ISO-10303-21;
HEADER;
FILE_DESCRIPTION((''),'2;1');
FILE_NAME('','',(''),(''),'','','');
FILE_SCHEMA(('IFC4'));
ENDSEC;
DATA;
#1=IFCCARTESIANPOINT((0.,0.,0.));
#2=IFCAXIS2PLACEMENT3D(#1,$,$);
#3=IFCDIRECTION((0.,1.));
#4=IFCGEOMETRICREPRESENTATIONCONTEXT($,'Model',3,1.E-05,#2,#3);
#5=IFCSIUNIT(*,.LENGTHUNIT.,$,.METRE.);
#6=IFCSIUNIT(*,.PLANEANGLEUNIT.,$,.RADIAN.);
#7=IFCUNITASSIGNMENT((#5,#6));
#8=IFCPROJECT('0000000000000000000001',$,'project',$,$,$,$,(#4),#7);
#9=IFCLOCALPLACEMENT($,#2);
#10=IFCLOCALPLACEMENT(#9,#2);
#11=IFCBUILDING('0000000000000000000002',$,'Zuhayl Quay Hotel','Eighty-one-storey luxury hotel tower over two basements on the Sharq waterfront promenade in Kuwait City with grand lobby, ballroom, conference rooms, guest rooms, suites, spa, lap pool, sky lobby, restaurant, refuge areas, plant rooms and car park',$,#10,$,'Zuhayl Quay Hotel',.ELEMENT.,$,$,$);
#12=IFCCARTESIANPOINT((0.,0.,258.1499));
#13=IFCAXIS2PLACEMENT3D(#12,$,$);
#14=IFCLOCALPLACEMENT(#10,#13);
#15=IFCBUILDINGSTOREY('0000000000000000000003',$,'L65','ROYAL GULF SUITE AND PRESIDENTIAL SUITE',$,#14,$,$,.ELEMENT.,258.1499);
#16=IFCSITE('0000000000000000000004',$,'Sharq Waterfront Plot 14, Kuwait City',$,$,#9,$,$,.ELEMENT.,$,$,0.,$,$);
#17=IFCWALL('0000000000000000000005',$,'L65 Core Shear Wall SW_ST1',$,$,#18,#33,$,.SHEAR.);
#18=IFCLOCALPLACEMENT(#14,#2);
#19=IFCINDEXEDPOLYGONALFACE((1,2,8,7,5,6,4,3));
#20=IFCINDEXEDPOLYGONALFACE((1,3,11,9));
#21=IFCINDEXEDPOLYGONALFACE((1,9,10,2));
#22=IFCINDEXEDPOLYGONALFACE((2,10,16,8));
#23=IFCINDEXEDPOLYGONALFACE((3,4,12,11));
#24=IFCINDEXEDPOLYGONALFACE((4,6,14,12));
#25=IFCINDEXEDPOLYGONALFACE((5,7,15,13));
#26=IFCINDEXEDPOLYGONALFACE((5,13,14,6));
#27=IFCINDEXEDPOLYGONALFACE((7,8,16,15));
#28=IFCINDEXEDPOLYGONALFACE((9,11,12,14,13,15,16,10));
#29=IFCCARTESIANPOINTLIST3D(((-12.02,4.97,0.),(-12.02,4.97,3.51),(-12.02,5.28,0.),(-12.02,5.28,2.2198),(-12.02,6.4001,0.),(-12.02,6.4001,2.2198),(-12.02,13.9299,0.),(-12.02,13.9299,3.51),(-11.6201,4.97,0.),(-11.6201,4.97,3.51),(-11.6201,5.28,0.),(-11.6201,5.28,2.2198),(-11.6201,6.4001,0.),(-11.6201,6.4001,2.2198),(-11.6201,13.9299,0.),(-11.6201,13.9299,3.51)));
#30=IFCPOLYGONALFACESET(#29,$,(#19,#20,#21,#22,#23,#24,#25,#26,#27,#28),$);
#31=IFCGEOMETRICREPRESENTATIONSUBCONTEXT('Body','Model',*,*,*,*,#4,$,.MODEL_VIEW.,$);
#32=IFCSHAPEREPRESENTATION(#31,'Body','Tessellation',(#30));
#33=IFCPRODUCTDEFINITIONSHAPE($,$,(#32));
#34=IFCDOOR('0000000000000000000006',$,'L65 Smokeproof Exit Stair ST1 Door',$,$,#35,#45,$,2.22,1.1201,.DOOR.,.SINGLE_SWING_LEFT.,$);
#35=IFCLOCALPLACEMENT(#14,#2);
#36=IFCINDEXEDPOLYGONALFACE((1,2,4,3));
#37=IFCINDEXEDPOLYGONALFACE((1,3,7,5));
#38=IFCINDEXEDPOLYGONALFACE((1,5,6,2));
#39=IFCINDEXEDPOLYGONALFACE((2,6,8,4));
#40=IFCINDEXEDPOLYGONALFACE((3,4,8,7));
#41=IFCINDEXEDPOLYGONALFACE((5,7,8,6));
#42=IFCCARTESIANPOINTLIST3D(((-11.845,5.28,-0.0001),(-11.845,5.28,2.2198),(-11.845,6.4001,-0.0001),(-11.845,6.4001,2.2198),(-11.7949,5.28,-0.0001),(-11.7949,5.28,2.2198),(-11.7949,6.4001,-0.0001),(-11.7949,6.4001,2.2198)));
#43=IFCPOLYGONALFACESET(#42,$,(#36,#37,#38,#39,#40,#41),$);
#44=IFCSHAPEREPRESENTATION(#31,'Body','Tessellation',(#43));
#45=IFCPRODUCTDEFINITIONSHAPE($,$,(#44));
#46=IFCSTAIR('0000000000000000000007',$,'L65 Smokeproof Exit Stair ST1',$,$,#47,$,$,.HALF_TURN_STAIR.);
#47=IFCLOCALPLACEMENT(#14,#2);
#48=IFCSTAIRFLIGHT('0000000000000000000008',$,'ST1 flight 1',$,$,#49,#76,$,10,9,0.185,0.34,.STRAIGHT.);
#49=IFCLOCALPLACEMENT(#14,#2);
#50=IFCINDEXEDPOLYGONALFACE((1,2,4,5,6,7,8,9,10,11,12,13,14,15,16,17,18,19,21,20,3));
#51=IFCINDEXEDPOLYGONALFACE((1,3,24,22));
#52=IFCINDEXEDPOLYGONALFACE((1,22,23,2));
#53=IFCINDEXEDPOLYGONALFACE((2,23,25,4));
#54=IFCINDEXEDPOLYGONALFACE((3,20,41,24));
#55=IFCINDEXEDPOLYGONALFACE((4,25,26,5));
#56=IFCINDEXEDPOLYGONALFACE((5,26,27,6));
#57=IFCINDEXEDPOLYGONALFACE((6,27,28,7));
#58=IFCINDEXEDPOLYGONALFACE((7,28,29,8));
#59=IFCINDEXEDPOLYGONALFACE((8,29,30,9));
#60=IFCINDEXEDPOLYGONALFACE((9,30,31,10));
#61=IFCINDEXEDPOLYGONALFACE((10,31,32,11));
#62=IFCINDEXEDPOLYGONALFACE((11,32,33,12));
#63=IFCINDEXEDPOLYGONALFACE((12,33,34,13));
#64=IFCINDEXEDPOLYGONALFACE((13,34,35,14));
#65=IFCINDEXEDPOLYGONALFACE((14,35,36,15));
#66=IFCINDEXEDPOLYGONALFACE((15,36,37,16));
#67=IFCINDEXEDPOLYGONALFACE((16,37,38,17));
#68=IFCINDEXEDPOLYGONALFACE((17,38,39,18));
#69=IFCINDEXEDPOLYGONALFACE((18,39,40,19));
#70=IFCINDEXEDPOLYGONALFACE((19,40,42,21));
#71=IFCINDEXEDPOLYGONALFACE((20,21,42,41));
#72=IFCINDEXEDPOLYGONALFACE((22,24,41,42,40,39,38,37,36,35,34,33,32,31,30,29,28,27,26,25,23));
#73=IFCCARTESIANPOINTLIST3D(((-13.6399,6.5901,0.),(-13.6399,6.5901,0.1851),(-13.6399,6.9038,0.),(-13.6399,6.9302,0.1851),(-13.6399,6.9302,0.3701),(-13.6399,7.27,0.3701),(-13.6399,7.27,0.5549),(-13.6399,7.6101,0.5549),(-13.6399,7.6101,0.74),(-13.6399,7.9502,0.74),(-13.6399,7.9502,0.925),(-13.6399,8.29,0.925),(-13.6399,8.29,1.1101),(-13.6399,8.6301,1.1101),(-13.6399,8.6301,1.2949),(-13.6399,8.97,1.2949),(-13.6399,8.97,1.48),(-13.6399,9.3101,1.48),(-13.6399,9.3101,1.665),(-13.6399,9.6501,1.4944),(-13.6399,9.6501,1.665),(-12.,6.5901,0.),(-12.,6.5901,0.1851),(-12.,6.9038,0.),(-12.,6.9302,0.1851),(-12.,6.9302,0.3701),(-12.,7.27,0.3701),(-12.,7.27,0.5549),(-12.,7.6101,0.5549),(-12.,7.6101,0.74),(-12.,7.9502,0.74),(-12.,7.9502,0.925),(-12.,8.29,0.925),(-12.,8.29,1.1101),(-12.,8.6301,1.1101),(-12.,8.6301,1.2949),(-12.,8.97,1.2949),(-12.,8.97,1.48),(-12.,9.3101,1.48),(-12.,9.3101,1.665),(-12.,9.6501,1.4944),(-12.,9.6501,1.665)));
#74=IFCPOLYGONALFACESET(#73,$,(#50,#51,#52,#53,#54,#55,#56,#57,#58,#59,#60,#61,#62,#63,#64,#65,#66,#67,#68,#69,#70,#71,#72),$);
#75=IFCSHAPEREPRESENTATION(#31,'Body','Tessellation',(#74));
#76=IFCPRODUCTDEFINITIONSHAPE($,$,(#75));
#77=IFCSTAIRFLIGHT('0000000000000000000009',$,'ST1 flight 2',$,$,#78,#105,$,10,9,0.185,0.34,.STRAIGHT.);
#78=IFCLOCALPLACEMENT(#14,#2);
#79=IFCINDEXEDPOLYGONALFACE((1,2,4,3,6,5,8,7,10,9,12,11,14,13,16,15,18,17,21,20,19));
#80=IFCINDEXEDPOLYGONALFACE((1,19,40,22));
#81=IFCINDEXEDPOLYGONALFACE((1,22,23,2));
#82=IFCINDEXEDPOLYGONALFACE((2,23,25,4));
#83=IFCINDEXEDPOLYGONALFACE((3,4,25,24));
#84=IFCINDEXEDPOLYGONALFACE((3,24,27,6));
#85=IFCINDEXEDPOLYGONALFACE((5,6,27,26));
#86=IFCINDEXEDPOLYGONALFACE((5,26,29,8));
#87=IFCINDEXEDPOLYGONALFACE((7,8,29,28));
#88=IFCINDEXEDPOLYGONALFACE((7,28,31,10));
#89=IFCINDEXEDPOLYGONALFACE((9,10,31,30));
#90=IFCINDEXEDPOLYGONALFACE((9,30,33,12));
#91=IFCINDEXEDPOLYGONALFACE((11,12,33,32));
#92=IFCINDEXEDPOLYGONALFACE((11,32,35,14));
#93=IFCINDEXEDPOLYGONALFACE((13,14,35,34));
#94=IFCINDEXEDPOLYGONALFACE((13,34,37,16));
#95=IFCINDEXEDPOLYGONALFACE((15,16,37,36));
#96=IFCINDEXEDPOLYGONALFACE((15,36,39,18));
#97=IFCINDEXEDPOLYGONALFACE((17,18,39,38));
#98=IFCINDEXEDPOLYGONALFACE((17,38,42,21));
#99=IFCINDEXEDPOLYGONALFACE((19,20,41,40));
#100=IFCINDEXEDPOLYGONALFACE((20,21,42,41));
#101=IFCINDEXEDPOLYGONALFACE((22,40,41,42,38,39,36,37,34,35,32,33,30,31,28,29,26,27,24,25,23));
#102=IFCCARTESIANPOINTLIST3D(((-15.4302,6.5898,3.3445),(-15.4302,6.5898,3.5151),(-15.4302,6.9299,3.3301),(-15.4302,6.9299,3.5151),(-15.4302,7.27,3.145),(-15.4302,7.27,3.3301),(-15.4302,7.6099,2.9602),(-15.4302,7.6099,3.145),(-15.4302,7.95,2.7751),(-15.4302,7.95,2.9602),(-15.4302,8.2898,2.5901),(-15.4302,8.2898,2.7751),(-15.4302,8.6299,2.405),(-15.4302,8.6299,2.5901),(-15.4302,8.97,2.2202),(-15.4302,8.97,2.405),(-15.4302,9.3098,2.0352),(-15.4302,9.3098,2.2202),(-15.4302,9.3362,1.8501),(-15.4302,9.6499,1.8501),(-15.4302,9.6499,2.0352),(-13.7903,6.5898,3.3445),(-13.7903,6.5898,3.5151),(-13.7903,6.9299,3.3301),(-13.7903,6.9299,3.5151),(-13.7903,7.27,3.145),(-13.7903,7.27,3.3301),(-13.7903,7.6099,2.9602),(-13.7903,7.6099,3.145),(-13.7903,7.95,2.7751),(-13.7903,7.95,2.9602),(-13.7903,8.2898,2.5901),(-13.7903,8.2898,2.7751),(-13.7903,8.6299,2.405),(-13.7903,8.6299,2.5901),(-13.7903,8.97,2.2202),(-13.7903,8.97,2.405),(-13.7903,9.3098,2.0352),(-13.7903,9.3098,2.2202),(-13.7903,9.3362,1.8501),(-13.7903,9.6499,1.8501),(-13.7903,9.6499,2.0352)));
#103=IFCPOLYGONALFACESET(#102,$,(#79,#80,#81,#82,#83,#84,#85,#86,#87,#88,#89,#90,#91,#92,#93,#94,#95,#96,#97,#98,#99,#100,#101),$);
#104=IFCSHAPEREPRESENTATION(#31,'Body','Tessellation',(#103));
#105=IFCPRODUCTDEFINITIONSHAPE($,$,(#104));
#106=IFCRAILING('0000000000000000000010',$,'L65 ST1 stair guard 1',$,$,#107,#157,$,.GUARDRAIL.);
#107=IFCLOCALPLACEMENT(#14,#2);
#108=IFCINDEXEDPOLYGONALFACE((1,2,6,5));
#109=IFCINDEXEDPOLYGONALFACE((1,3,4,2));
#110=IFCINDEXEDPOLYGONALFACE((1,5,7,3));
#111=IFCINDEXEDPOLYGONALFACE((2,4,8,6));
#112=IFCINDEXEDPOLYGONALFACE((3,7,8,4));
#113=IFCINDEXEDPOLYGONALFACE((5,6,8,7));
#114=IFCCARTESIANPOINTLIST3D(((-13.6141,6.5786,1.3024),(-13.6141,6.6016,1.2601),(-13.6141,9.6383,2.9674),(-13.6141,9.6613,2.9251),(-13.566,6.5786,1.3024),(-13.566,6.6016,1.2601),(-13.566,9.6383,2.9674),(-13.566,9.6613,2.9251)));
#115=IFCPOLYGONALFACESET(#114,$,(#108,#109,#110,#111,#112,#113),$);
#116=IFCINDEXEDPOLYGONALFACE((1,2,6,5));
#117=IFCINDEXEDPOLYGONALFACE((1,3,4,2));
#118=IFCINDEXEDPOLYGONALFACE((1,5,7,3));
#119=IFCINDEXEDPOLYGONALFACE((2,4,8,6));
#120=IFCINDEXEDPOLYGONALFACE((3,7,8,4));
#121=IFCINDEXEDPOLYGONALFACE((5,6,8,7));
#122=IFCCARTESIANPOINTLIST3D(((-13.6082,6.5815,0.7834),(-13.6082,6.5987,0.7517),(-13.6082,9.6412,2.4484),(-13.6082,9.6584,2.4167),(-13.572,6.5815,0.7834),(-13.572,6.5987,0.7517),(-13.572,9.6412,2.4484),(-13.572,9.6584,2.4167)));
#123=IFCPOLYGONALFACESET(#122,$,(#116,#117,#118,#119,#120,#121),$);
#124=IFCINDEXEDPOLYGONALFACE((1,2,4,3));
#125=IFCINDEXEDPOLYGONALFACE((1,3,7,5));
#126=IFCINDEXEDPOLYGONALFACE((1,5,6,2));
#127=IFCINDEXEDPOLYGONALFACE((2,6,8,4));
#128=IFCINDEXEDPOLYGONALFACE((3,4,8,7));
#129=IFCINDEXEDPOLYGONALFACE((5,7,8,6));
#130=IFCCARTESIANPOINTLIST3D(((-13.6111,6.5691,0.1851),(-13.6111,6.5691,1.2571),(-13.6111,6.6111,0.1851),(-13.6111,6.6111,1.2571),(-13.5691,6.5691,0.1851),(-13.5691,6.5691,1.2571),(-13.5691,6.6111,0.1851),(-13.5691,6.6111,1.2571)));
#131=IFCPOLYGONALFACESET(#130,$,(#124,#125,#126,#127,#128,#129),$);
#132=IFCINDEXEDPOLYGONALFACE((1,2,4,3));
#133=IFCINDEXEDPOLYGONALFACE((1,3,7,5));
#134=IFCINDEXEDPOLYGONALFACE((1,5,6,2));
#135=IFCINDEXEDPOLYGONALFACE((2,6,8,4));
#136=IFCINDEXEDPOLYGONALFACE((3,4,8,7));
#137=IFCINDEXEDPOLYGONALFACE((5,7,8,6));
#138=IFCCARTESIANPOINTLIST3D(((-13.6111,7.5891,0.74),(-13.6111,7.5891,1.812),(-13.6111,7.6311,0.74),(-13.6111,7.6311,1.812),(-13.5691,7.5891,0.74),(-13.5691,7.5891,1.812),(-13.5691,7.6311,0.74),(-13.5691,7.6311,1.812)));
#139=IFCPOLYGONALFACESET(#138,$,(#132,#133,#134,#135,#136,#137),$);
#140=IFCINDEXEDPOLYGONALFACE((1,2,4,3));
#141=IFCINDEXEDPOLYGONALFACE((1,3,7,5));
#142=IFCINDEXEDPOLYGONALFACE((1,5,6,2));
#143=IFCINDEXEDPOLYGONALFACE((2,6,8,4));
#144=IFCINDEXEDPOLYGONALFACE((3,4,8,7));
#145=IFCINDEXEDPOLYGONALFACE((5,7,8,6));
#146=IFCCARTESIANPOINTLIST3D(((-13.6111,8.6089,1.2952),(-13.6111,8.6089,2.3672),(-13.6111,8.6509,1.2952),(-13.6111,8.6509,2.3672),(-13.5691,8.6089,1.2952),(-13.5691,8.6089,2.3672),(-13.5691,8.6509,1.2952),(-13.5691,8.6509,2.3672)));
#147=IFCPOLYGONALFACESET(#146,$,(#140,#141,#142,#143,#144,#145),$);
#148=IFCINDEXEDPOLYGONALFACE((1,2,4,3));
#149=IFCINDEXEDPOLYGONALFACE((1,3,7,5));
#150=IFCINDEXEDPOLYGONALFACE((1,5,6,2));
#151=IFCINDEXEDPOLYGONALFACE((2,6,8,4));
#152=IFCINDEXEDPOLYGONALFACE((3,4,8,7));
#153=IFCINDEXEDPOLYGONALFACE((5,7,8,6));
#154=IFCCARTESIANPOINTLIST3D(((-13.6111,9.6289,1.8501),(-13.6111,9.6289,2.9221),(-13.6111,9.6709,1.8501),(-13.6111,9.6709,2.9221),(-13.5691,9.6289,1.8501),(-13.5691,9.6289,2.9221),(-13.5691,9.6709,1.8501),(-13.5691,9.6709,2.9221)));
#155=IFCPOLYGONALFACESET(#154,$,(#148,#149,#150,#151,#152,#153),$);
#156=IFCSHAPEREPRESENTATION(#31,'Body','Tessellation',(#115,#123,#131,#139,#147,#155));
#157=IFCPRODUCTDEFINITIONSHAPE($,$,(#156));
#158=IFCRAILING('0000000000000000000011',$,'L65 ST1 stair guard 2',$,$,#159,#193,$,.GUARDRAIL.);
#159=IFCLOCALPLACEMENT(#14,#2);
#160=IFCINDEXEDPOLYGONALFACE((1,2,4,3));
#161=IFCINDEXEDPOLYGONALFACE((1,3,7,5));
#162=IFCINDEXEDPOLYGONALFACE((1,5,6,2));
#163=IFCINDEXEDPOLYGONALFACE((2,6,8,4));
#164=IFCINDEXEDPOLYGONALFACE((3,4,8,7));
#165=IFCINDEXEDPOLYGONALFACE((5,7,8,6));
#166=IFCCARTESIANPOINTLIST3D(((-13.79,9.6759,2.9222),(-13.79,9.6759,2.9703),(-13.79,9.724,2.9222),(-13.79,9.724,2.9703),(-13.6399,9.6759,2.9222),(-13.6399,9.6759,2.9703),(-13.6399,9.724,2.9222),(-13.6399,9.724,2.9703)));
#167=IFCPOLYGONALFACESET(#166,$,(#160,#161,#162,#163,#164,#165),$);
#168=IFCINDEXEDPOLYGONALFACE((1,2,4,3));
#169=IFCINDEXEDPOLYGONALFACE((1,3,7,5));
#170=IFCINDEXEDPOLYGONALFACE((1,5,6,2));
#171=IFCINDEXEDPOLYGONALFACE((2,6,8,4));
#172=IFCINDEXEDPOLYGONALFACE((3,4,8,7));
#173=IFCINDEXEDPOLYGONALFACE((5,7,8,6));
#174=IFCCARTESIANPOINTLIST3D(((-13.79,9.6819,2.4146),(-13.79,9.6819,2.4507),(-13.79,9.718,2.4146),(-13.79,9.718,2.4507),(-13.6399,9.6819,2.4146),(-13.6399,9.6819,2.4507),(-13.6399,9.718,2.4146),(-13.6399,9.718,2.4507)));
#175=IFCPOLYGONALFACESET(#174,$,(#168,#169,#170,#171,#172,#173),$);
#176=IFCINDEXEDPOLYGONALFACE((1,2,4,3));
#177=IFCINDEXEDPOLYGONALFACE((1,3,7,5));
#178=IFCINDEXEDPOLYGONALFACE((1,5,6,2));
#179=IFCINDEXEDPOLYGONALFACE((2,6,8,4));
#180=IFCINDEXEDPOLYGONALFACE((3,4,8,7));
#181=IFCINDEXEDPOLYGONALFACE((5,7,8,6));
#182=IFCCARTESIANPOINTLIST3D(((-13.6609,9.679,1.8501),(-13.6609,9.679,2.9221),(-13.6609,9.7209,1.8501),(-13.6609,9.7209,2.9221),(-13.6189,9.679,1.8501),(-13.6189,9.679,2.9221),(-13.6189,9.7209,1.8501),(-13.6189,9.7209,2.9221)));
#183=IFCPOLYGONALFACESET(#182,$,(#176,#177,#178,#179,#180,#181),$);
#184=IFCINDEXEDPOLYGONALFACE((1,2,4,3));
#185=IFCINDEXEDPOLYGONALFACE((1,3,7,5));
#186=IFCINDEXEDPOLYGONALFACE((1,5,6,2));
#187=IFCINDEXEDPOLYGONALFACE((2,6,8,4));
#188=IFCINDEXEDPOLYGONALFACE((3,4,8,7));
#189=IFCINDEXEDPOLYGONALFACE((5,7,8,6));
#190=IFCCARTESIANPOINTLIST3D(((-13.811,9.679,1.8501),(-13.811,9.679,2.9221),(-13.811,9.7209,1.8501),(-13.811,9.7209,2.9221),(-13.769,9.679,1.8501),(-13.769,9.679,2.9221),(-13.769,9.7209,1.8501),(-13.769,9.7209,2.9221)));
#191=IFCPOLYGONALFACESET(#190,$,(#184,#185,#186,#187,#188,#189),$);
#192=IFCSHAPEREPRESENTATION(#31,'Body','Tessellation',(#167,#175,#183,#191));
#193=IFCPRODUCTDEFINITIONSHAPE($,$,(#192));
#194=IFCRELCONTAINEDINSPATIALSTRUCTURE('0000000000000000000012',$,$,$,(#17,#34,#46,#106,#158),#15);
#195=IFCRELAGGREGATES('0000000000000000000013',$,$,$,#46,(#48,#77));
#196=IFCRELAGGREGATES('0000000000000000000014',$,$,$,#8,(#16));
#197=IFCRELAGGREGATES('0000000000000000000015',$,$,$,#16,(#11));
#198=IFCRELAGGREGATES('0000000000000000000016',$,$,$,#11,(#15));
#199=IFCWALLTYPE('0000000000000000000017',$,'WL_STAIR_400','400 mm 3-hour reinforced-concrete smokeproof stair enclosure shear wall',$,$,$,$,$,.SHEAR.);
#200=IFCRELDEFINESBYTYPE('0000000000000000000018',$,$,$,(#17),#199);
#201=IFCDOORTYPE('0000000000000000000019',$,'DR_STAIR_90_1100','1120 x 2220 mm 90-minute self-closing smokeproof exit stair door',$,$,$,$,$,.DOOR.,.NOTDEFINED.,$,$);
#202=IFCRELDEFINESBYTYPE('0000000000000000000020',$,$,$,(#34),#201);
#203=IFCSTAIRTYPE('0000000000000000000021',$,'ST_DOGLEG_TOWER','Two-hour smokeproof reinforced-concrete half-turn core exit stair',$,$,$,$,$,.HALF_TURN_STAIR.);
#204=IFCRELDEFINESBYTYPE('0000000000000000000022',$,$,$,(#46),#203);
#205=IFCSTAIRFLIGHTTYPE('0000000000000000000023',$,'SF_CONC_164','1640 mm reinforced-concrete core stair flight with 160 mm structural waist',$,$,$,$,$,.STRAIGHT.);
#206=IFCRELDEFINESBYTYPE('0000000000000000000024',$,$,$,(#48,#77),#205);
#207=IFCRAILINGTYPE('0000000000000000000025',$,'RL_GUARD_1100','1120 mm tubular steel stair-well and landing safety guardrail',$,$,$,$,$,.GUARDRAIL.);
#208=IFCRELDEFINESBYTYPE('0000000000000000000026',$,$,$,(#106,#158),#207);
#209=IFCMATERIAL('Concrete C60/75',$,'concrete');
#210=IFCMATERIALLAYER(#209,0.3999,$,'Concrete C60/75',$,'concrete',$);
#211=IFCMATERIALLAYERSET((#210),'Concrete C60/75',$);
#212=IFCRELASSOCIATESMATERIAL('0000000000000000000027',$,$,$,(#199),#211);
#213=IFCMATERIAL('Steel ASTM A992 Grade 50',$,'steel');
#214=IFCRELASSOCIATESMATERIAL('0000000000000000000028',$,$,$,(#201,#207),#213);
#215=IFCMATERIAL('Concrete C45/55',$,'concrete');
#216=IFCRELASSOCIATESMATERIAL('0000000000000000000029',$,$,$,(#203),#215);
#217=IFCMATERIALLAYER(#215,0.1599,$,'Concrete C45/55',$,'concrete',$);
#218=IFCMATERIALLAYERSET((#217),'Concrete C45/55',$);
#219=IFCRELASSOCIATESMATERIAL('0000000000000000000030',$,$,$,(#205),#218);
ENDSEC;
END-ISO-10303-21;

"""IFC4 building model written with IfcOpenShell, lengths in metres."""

from ifc_helpers import new_model, si_unit, direction, frame, frame_2d, origin, origin_2d, place, context, subcontext, project, spatial, polyline, rectangle, outline, extrude, material, layer, layer_set, type_object, element, fill, aggregate, save


model = new_model("IFC4")

# Units and contexts
model_context = context("Model", 3, precision=1e-05, world=origin(), true_north=direction((0.0, 1.0)))
body_context = subcontext(model_context, "Body", "Model", "MODEL_VIEW")
ifc_project = project(units=[si_unit("LENGTHUNIT", "METRE"), si_unit("PLANEANGLEUNIT", "RADIAN")], contexts=[model_context])

# Site, building, storey
site_placement = place(None, origin())
site = spatial("IfcSite", under=ifc_project, at=site_placement, Name="Sharq Waterfront Plot 14, Kuwait City", CompositionType="ELEMENT", RefElevation=0.0)
building_placement = place(site_placement, origin())
building = spatial("IfcBuilding", under=site, at=building_placement, Name="Zuhayl Quay Hotel", Description="Eighty-one-storey luxury hotel tower over two basements on the Sharq waterfront promenade in Kuwait City with grand lobby, ballroom, conference rooms, guest rooms, suites, spa, lap pool, sky lobby, restaurant, refuge areas, plant rooms and car park", LongName="Zuhayl Quay Hotel", CompositionType="ELEMENT")
storey_placement = place(building_placement, frame((0.0, 0.0, 258.1499)))
storey = spatial("IfcBuildingStorey", under=building, at=storey_placement, Name="L65", Description="ROYAL GULF SUITE AND PRESIDENTIAL SUITE", CompositionType="ELEMENT", Elevation=258.1499)

# Wall, opening, door
ifc_material_1 = material(Name="Concrete C60/75", Category="concrete")
ifc_layer_1 = layer(ifc_material_1, 0.3999, Name="Concrete C60/75", Category="concrete")
ifc_layer_set_1 = layer_set([ifc_layer_1], Name="Concrete C60/75")
wall_type_1 = type_object("IfcWallType", Name="WL_STAIR_400", Description="400 mm 3-hour reinforced-concrete smokeproof stair enclosure shear wall", PredefinedType="SHEAR", material=ifc_layer_set_1)
wall_1_placement = place(storey_placement, frame((-11.8201, 4.97, 0.0), z_axis=(0.0, 0.0, 1.0), x_axis=(0.0, 1.0, 0.0)))
wall_1 = element("IfcWall", 1, at=wall_1_placement, inside=storey, type_object=wall_type_1, Name="L65 Core Shear Wall SW_ST1", PredefinedType="SHEAR", context=body_context, shape_type="SweptSolid", body=[
    extrude(rectangle(XDim=8.96, YDim=0.3999, at=frame_2d((4.48, 0.0))), origin(), (0.0, 0.0, 1.0), 3.51),
])
opening_1_placement = place(wall_1_placement, frame((0.3101, 0.0, 0.0)))
opening_1 = element("IfcOpeningElement", 2, at=opening_1_placement, cuts=wall_1, PredefinedType="OPENING", context=body_context, shape_type="SweptSolid", body=[
    extrude(rectangle(XDim=1.1201, YDim=2.22, at=frame_2d((0.5601, 1.1099))), frame((0.0, 0.21, 0.0), z_axis=(0.0, -1.0, 0.0), x_axis=(1.0, 0.0, 0.0)), (0.0, 0.0, 1.0), 0.4199),
])
ifc_material_2 = material(Name="Steel ASTM A992 Grade 50", Category="steel")
door_type_1 = type_object("IfcDoorType", Name="DR_STAIR_90_1100", Description="1120 x 2220 mm 90-minute self-closing smokeproof exit stair door", OperationType="NOTDEFINED", PredefinedType="DOOR", material=ifc_material_2)
door_1_placement = place(opening_1_placement, origin())
door_1 = element("IfcDoor", 3, at=door_1_placement, inside=storey, type_object=door_type_1, Name="L65 Smokeproof Exit Stair ST1 Door", OperationType="SINGLE_SWING_LEFT", OverallHeight=2.22, OverallWidth=1.1201, PredefinedType="DOOR", context=body_context, shape_type="SweptSolid", body=[
    extrude(rectangle(XDim=1.1201, YDim=2.22, at=frame_2d((0.5601, 1.1099))), frame((0.0, 0.0249, 0.0), z_axis=(0.0, -1.0, 0.0), x_axis=(1.0, 0.0, 0.0)), (0.0, 0.0, 1.0), 0.05),
])
fill(opening_1, door_1)

# Stair, stair flights
ifc_material_3 = material(Name="Concrete C45/55", Category="concrete")
stair_type = type_object("IfcStairType", Name="ST_DOGLEG_TOWER", Description="Two-hour smokeproof reinforced-concrete half-turn core exit stair", PredefinedType="HALF_TURN_STAIR", material=ifc_material_3)
stair_placement = place(storey_placement, origin())
stair = element("IfcStair", 4, at=stair_placement, inside=storey, type_object=stair_type, Name="L65 Smokeproof Exit Stair ST1", PredefinedType="HALF_TURN_STAIR")
ifc_layer_2 = layer(ifc_material_3, 0.1599, Name="Concrete C45/55", Category="concrete")
ifc_layer_set_2 = layer_set([ifc_layer_2], Name="Concrete C45/55")
stair_flight_type = type_object("IfcStairFlightType", Name="SF_CONC_164", Description="1640 mm reinforced-concrete core stair flight with 160 mm structural waist", PredefinedType="STRAIGHT", material=ifc_layer_set_2)
stair_flight_1_placement = place(storey_placement, frame((-12.8201, 6.5901, 0.0), z_axis=(0.0, 0.0, 1.0), x_axis=(0.0, 1.0, 0.0)))
stair_flight_1 = element("IfcStairFlight", 5, at=stair_flight_1_placement, type_object=stair_flight_type, Name="ST1 flight 1", NumberOfRisers=10, NumberOfTreads=9, PredefinedType="STRAIGHT", RiserHeight=0.185, TreadLength=0.34, context=body_context, shape_type="SweptSolid", body=[
    extrude(outline(polyline([(0.0, 0.0), (0.0, 0.1851), (0.3401, 0.1851), (0.3401, 0.3701), (0.6799, 0.3701), (0.6799, 0.5549), (1.02, 0.5549), (1.02, 0.74), (1.3601, 0.74), (1.3601, 0.925), (1.7, 0.925), (1.7, 1.1101), (2.04, 1.1101), (2.04, 1.2949), (2.3799, 1.2949), (2.3799, 1.48), (2.72, 1.48), (2.72, 1.665), (3.0601, 1.665), (3.0601, 1.8501), (3.0601, 1.4944), (0.3137, 0.0), (0.0, 0.0)])), frame((0.0, 0.8198, 0.0), z_axis=(0.0, -1.0, 0.0), x_axis=(1.0, 0.0, 0.0)), (0.0, 0.0, 1.0), 1.6399),
])
stair_flight_2_placement = place(storey_placement, frame((-14.6101, 9.6499, 1.8501), z_axis=(0.0, 0.0, 1.0), x_axis=(0.0, -1.0, 0.0)))
stair_flight_2 = element("IfcStairFlight", 6, at=stair_flight_2_placement, type_object=stair_flight_type, Name="ST1 flight 2", NumberOfRisers=10, NumberOfTreads=9, PredefinedType="STRAIGHT", RiserHeight=0.185, TreadLength=0.34, context=body_context, shape_type="SweptSolid", body=[
    extrude(outline(polyline([(0.0, 0.0), (0.0, 0.1851), (0.3401, 0.1851), (0.3401, 0.3701), (0.6799, 0.3701), (0.6799, 0.5549), (1.02, 0.5549), (1.02, 0.74), (1.3601, 0.74), (1.3601, 0.925), (1.7, 0.925), (1.7, 1.1101), (2.04, 1.1101), (2.04, 1.2949), (2.3799, 1.2949), (2.3799, 1.48), (2.72, 1.48), (2.72, 1.665), (3.0601, 1.665), (3.0601, 1.8501), (3.0601, 1.4944), (0.3137, 0.0), (0.0, 0.0)])), frame((0.0, 0.8198, 0.0), z_axis=(0.0, -1.0, 0.0), x_axis=(1.0, 0.0, 0.0)), (0.0, 0.0, 1.0), 1.6399),
])
aggregate(stair, [stair_flight_1, stair_flight_2])

# Railings
railing_type_1 = type_object("IfcRailingType", Name="RL_GUARD_1100", Description="1120 mm tubular steel stair-well and landing safety guardrail", PredefinedType="GUARDRAIL", material=ifc_material_2)
railing_1_placement = place(storey_placement, frame((-13.5901, 6.5901, 0.1851)))
element("IfcRailing", 7, at=railing_1_placement, inside=storey, type_object=railing_type_1, Name="L65 ST1 stair guard 1", PredefinedType="GUARDRAIL", context=body_context, shape_type="SweptSolid", body=[
    extrude(rectangle(XDim=0.0481, YDim=0.0481, at=origin_2d()), frame((0.0, 0.0, 1.0962), z_axis=(0.0, 0.878372, 0.477978), x_axis=(-1.0, 0.0, 0.0)), (0.0, 0.0, 1.0), 3.4834),
    extrude(rectangle(XDim=0.0361, YDim=0.0361, at=origin_2d()), frame((0.0, 0.0, 0.5825), z_axis=(0.0, 0.878372, 0.477978), x_axis=(-1.0, 0.0, 0.0)), (0.0, 0.0, 1.0), 3.4834),
    extrude(rectangle(XDim=0.042, YDim=0.042, at=origin_2d()), origin(), (0.0, 0.0, 1.0), 1.072),
    extrude(rectangle(XDim=0.042, YDim=0.042, at=origin_2d()), frame((0.0, 1.02, 0.5549)), (0.0, 0.0, 1.0), 1.072),
    extrude(rectangle(XDim=0.042, YDim=0.042, at=origin_2d()), frame((0.0, 2.0398, 1.1101)), (0.0, 0.0, 1.0), 1.072),
    extrude(rectangle(XDim=0.042, YDim=0.042, at=origin_2d()), frame((0.0, 3.0598, 1.665)), (0.0, 0.0, 1.0), 1.072),
])
railing_2_placement = place(storey_placement, frame((-13.6399, 9.7, 1.8501)))
element("IfcRailing", 8, at=railing_2_placement, inside=storey, type_object=railing_type_1, Name="L65 ST1 stair guard 2", PredefinedType="GUARDRAIL", context=body_context, shape_type="SweptSolid", body=[
    extrude(rectangle(XDim=0.0481, YDim=0.0481, at=origin_2d()), frame((0.0, 0.0, 1.0962), z_axis=(-1.0, 0.0, 0.0), x_axis=(0.0, -1.0, 0.0)), (0.0, 0.0, 1.0), 0.1501),
    extrude(rectangle(XDim=0.0361, YDim=0.0361, at=origin_2d()), frame((0.0, 0.0, 0.5825), z_axis=(-1.0, 0.0, 0.0), x_axis=(0.0, -1.0, 0.0)), (0.0, 0.0, 1.0), 0.1501),
    extrude(rectangle(XDim=0.042, YDim=0.042, at=origin_2d()), origin(), (0.0, 0.0, 1.0), 1.072),
    extrude(rectangle(XDim=0.042, YDim=0.042, at=origin_2d()), frame((-0.1501, 0.0, 0.0)), (0.0, 0.0, 1.0), 1.072),
])

save(model, "model.ifc")
